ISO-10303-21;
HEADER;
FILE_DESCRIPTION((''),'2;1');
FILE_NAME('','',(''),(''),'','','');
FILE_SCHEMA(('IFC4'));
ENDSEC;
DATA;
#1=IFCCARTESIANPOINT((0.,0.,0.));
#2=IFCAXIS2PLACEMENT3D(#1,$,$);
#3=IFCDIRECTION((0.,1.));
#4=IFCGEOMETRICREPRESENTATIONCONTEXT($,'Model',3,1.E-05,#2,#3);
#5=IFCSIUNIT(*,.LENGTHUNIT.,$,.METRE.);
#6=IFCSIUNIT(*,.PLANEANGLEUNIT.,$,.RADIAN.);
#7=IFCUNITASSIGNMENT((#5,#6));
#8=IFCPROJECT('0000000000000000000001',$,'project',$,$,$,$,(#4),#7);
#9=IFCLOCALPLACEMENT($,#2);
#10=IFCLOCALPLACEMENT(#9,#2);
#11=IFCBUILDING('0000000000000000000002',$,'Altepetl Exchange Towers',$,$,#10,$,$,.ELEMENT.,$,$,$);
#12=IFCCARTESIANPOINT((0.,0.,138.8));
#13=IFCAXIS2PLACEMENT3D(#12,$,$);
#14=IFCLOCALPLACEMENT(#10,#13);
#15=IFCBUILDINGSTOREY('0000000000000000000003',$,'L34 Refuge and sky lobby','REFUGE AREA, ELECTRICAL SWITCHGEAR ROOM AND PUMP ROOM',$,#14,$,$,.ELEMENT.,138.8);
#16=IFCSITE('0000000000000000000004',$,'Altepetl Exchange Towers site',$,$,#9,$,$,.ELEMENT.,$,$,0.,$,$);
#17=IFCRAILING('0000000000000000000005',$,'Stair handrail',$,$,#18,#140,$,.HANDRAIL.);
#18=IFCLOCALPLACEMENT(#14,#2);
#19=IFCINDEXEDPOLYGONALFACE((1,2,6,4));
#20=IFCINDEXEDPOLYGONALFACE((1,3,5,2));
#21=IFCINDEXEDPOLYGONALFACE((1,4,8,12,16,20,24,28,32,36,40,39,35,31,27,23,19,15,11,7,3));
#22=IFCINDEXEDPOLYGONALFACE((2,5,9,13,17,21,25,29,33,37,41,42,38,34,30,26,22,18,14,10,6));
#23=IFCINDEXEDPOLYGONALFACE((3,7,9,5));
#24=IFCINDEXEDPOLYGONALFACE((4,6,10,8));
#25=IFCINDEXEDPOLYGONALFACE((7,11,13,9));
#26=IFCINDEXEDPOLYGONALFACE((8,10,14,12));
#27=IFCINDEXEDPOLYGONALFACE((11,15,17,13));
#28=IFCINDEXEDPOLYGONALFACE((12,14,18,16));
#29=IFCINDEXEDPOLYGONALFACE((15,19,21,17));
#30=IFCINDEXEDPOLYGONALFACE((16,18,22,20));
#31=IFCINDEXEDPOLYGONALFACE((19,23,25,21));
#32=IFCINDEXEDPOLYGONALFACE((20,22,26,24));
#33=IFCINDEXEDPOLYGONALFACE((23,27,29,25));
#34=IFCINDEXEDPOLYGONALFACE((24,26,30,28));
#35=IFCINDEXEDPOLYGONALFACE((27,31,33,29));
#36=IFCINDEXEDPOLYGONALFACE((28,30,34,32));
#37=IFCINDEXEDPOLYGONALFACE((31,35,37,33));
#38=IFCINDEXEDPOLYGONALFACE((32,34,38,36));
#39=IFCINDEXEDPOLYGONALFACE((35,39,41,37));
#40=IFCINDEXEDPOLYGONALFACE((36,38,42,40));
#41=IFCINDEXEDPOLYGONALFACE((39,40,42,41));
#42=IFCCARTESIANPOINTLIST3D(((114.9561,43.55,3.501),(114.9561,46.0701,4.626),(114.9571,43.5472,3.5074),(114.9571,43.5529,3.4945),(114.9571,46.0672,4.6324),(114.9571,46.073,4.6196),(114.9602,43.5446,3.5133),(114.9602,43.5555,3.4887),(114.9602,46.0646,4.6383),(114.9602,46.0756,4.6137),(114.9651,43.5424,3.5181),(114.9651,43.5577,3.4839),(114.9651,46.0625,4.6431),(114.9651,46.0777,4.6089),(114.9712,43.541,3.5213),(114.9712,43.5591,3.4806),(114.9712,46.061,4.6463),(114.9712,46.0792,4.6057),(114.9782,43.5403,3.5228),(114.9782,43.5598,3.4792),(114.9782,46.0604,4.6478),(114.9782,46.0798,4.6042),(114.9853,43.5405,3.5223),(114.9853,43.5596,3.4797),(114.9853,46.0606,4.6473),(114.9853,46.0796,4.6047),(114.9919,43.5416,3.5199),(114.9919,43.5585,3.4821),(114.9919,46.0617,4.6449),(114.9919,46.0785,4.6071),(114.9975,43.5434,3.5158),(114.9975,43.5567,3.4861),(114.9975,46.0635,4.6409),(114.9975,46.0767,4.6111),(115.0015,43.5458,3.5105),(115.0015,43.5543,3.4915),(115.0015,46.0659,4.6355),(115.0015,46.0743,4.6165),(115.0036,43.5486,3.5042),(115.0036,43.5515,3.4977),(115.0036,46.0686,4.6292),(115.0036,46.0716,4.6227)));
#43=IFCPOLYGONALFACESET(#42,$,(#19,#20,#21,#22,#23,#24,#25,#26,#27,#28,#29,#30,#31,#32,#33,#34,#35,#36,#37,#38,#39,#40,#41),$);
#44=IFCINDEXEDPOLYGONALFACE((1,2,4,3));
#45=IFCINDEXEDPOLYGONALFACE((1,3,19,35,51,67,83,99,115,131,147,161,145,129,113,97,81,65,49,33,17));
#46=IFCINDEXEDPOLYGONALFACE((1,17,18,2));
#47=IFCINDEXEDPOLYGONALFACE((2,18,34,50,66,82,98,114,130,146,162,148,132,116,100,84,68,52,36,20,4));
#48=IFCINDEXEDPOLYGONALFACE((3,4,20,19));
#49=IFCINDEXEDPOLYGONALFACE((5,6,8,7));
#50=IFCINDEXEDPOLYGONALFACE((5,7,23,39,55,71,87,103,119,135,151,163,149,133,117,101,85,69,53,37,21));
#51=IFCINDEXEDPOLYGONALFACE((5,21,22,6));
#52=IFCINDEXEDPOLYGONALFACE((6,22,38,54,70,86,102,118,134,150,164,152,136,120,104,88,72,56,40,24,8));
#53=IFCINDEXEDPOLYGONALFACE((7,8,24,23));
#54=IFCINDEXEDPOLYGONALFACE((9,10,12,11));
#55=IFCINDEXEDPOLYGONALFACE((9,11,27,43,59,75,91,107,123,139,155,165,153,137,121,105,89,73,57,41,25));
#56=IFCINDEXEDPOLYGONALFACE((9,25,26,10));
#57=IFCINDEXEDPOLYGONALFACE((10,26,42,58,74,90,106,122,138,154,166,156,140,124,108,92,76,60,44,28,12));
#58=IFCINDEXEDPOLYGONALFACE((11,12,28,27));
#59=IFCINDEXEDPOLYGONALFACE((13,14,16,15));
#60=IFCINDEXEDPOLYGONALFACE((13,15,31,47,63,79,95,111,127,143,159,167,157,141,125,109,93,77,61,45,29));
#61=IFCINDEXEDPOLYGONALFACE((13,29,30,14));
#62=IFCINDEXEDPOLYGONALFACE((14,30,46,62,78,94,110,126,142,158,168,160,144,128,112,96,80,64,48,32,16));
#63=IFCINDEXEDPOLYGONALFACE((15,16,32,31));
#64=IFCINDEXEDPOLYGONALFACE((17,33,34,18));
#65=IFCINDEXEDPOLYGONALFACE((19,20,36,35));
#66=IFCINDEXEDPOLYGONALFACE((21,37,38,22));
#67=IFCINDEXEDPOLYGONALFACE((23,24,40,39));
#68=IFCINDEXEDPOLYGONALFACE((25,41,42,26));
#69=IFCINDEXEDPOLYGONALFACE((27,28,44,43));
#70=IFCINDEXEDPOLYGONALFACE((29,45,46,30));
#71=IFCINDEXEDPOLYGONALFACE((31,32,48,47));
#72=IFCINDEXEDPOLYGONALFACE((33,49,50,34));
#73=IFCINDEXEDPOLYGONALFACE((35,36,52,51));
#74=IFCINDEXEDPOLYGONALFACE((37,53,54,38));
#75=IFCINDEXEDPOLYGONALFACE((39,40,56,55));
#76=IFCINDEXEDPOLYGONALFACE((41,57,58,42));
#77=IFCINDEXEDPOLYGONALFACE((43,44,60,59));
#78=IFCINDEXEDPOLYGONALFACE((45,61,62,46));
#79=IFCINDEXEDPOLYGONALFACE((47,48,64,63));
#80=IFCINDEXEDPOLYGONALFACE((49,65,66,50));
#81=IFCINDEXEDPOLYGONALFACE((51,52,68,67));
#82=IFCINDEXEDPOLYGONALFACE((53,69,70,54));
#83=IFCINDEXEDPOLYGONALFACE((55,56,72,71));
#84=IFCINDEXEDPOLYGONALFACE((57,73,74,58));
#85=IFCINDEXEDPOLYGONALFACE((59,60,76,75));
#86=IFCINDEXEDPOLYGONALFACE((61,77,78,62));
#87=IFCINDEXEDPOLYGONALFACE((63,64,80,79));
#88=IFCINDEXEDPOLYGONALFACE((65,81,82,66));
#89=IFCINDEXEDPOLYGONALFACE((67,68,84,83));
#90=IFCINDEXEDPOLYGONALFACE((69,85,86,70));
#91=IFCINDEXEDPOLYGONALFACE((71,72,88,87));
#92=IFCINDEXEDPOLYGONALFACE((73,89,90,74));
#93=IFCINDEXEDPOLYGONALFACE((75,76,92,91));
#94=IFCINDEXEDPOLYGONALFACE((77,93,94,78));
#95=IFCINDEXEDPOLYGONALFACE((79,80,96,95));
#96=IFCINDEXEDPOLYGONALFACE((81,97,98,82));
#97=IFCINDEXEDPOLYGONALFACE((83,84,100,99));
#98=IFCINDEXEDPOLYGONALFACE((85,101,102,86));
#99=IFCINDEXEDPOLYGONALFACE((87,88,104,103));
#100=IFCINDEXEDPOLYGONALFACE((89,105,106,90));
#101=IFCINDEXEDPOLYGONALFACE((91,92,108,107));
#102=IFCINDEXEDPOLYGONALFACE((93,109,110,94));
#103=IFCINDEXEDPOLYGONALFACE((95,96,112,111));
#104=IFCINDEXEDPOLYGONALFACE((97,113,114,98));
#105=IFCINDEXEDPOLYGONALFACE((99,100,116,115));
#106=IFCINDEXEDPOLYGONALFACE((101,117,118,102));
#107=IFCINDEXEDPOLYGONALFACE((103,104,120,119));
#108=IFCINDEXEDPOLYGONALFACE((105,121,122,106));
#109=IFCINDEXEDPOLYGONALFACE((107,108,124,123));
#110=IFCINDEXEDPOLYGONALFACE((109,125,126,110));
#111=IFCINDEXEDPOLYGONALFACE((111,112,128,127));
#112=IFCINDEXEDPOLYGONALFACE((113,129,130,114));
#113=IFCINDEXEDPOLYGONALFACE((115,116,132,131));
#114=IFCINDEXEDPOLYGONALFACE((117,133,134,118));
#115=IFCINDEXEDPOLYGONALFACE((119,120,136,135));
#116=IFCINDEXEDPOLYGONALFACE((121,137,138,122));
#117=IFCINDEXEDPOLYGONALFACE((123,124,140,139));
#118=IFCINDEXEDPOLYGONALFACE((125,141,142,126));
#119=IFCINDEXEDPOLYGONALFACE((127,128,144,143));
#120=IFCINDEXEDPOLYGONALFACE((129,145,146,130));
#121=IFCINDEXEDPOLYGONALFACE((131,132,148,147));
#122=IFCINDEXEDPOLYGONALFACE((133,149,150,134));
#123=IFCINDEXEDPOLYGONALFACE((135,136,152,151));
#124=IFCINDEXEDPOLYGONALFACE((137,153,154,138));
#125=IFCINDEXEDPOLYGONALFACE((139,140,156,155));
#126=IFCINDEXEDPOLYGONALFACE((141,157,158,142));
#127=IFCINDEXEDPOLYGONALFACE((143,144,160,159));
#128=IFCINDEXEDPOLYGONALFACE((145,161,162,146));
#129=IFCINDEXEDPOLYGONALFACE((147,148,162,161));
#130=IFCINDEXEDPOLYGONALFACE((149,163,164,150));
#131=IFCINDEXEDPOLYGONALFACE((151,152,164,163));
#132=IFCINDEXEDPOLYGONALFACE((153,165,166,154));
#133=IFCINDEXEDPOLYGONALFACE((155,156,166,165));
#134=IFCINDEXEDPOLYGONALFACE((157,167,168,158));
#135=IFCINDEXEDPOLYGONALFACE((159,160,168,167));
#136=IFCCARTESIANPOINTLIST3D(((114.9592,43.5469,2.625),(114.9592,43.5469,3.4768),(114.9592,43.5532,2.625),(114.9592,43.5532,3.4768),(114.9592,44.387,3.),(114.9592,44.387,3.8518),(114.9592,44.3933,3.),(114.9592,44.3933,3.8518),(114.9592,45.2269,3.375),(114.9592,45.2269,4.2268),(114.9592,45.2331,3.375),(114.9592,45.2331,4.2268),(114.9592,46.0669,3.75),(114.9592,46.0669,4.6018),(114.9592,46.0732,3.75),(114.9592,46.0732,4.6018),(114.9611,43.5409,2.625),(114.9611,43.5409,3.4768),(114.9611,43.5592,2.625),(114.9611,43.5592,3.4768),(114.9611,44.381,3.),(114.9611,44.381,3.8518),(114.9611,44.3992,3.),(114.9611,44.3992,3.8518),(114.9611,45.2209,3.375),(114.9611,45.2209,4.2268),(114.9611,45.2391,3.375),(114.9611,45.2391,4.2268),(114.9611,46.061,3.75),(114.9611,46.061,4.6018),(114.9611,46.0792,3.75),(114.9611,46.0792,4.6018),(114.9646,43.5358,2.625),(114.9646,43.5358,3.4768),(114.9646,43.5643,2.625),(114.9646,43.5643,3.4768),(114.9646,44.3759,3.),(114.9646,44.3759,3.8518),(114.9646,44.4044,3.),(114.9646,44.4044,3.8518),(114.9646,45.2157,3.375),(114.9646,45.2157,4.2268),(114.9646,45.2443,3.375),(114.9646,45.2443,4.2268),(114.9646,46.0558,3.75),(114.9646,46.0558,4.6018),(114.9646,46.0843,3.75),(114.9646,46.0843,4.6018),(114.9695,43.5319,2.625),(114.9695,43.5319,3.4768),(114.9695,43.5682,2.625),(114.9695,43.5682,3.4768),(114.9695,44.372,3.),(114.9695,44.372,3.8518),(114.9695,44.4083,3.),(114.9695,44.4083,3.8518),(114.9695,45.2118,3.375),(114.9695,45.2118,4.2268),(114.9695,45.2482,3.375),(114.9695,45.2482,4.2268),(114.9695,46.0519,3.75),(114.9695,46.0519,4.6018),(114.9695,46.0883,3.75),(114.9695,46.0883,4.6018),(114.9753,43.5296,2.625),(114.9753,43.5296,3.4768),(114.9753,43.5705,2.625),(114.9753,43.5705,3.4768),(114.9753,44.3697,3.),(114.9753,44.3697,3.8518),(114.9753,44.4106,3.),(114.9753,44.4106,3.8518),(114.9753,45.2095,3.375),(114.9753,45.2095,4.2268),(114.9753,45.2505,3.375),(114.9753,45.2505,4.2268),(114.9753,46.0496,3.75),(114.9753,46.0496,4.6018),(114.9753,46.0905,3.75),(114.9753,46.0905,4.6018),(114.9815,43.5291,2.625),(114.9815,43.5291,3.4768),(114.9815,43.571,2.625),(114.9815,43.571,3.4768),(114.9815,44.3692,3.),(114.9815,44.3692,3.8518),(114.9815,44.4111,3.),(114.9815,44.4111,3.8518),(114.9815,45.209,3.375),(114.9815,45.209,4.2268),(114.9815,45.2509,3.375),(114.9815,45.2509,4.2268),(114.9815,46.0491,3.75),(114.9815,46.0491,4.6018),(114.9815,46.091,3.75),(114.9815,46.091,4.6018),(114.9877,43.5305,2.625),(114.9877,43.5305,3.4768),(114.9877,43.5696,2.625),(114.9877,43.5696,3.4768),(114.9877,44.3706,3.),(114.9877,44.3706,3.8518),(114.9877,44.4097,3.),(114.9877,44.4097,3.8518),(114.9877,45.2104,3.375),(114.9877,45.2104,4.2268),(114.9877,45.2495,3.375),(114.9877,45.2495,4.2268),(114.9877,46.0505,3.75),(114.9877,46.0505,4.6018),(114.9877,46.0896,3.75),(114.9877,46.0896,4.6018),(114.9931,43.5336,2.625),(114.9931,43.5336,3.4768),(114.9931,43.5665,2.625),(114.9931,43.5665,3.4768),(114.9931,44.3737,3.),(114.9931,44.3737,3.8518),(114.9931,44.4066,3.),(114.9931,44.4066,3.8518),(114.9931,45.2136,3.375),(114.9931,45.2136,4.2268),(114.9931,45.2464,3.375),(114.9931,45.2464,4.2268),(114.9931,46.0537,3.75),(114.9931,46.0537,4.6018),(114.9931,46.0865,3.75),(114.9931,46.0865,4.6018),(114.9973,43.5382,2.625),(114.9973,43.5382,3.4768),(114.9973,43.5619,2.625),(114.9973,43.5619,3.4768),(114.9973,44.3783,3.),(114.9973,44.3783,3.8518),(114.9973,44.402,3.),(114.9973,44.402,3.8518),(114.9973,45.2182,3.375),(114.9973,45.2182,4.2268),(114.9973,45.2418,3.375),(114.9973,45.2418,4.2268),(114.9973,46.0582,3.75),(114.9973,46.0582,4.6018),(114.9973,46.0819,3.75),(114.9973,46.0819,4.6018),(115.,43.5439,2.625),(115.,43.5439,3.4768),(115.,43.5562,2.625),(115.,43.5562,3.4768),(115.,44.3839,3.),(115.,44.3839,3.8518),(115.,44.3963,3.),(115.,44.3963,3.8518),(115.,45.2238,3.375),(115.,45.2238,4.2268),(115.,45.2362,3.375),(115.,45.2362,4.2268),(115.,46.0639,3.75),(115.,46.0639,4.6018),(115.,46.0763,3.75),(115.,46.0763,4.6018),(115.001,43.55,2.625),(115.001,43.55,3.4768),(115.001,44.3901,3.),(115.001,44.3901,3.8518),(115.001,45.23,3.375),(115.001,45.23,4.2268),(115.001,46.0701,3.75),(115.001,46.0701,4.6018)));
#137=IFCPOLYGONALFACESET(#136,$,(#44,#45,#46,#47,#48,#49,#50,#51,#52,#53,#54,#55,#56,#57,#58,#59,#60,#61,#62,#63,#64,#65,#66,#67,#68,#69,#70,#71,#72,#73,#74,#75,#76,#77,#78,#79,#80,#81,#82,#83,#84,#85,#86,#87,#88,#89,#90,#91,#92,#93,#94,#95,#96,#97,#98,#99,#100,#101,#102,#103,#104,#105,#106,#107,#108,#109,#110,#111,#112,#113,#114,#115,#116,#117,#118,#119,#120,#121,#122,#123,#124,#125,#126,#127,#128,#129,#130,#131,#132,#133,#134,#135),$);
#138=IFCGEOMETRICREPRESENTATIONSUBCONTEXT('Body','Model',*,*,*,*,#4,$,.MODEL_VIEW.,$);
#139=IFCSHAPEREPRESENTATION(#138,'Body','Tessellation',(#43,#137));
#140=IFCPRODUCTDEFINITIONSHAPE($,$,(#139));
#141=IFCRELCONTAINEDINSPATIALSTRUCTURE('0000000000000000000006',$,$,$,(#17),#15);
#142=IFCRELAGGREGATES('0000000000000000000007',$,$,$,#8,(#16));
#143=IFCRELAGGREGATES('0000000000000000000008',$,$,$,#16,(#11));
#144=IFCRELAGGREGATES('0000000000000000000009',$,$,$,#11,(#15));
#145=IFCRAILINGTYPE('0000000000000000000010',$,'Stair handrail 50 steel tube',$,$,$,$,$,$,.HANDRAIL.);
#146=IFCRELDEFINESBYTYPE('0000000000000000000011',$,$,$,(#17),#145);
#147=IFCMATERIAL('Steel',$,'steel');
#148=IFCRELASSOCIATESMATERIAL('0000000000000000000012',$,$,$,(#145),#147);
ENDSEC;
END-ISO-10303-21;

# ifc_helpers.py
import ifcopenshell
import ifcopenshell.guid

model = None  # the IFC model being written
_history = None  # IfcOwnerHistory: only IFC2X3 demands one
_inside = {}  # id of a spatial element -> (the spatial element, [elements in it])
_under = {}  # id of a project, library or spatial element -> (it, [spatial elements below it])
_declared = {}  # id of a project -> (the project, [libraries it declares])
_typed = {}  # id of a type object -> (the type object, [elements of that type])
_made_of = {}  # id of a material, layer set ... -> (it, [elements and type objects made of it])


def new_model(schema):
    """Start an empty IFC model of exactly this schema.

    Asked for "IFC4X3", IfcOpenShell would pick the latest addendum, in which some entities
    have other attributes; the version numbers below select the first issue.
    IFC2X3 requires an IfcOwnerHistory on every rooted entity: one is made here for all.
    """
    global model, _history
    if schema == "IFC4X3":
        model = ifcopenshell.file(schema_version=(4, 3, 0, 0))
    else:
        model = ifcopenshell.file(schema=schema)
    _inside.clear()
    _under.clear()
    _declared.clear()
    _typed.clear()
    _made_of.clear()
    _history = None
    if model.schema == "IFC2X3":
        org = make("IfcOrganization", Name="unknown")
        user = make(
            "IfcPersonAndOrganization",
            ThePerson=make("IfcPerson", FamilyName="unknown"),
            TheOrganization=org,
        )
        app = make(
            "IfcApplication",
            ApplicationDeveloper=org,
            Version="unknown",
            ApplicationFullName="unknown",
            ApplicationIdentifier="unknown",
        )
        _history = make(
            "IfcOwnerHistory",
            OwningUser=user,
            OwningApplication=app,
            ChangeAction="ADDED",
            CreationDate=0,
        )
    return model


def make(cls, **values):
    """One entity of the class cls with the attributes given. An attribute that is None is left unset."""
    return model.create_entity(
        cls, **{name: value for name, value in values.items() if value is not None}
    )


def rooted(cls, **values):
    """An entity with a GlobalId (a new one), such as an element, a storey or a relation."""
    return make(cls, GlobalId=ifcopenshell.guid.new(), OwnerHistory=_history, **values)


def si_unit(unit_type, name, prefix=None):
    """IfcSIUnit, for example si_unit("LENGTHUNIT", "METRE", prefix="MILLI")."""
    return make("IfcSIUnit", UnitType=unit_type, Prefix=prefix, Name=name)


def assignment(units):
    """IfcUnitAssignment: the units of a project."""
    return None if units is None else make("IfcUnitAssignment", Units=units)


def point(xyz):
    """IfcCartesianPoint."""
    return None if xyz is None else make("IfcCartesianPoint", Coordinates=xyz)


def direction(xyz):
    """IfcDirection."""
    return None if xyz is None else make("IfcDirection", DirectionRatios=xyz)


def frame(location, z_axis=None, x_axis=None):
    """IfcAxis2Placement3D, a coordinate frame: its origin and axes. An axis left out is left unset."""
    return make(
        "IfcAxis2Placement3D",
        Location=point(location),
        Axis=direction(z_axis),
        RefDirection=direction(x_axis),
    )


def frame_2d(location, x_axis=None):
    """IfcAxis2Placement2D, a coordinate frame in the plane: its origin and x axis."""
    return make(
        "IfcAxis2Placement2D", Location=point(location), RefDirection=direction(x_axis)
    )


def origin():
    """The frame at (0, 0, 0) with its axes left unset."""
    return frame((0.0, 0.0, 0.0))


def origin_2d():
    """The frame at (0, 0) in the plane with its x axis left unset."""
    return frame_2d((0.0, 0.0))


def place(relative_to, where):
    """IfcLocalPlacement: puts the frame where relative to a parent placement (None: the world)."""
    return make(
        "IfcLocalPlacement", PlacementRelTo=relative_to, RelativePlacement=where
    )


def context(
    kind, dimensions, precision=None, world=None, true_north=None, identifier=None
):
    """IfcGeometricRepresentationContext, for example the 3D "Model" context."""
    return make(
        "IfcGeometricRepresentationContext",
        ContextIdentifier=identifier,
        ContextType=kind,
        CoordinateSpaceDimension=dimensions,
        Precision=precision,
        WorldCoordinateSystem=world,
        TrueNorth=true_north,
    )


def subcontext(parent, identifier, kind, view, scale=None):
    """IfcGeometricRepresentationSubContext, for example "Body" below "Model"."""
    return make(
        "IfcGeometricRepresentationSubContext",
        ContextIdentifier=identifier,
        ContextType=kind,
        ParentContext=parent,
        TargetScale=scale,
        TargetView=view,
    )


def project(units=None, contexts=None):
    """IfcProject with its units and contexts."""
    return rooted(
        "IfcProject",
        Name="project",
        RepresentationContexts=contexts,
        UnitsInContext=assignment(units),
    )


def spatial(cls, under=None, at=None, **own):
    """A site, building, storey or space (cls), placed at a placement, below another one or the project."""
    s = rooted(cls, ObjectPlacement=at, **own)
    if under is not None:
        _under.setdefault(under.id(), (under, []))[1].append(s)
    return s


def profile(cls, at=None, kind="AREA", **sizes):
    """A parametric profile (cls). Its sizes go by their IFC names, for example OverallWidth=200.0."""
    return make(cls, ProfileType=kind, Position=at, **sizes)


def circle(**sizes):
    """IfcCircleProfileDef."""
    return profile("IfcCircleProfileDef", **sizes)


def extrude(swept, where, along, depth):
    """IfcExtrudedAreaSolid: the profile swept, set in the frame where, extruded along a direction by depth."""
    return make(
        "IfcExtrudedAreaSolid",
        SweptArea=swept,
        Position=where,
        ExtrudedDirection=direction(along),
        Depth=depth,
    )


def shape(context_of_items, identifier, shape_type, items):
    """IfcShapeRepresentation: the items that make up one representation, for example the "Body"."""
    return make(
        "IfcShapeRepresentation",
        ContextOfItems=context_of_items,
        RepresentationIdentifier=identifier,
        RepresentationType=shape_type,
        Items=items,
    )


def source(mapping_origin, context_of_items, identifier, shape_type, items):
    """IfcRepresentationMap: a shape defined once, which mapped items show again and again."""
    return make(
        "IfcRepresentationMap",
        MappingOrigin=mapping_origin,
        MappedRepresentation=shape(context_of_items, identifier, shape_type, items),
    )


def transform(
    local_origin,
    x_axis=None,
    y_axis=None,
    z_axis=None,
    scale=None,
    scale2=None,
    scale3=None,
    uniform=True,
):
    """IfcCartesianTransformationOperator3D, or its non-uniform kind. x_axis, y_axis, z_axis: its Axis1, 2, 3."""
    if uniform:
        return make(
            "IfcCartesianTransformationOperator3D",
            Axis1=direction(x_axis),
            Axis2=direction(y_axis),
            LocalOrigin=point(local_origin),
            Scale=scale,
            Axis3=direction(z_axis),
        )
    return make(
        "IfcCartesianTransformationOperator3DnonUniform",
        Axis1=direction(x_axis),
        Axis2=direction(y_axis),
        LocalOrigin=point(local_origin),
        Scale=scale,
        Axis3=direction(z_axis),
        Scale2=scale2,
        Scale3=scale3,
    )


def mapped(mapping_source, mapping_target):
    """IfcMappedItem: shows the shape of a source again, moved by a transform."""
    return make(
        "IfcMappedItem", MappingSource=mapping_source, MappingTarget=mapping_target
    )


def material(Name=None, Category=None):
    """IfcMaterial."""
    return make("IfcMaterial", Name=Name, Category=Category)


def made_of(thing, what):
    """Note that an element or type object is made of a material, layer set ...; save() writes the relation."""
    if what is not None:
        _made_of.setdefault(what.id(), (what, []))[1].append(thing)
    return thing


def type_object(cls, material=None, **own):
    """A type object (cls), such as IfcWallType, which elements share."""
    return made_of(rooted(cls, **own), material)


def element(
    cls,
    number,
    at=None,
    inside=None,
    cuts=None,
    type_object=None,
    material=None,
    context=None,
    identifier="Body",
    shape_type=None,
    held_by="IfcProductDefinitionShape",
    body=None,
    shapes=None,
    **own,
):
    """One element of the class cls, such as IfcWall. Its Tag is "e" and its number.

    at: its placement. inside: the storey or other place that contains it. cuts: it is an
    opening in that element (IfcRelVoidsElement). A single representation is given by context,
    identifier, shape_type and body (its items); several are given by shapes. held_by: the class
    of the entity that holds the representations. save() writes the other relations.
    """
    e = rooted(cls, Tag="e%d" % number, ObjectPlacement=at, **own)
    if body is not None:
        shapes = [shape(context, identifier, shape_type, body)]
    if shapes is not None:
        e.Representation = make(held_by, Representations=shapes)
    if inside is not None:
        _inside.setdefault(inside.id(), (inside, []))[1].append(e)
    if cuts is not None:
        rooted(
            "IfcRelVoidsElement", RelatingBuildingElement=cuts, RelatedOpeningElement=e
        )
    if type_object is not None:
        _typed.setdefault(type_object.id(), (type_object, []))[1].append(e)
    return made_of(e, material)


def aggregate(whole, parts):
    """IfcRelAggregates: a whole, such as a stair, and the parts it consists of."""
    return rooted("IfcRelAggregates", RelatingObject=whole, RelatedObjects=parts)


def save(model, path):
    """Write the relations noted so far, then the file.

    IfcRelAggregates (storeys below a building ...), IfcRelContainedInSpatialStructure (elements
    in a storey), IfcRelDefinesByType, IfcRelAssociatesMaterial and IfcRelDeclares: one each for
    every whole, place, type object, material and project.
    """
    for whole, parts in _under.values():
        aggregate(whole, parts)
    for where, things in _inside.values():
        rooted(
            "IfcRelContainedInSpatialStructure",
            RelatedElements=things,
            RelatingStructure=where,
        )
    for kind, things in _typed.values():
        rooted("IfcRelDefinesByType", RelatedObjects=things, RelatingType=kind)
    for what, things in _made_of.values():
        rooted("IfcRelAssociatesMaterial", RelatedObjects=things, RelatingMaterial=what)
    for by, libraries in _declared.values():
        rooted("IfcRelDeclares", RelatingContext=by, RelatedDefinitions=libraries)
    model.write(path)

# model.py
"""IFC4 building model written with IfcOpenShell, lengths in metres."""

from ifc_helpers import new_model, si_unit, direction, frame, origin, origin_2d, place, context, subcontext, project, spatial, circle, extrude, source, transform, mapped, material, type_object, element, save


model = new_model("IFC4")

# Units and contexts
model_context = context("Model", 3, precision=1e-05, world=origin(), true_north=direction((0.0, 1.0)))
body_context = subcontext(model_context, "Body", "Model", "MODEL_VIEW")
ifc_project = project(units=[si_unit("LENGTHUNIT", "METRE"), si_unit("PLANEANGLEUNIT", "RADIAN")], contexts=[model_context])

# Site, building, storey
site_placement = place(None, origin())
site = spatial("IfcSite", under=ifc_project, at=site_placement, Name="Altepetl Exchange Towers site", CompositionType="ELEMENT", RefElevation=0.0)
building_placement = place(site_placement, origin())
building = spatial("IfcBuilding", under=site, at=building_placement, Name="Altepetl Exchange Towers", CompositionType="ELEMENT")
storey_placement = place(building_placement, frame((0.0, 0.0, 138.8)))
storey = spatial("IfcBuildingStorey", under=building, at=storey_placement, Name="L34 Refuge and sky lobby", Description="REFUGE AREA, ELECTRICAL SWITCHGEAR ROOM AND PUMP ROOM", CompositionType="ELEMENT", Elevation=138.8)

# Railing
ifc_material_1 = material(Name="Steel", Category="steel")
railing_type = type_object("IfcRailingType", Name="Stair handrail 50 steel tube", PredefinedType="HANDRAIL", material=ifc_material_1)
shared_shape = source(origin(), body_context, "Body", "SweptSolid", [
    extrude(circle(Radius=0.021, at=origin_2d()), origin(), (0.0, 0.0, 1.0), 0.8518),
])
railing_1_placement = place(storey_placement, frame((114.98, 43.55, 2.625)))
element("IfcRailing", 1, at=railing_1_placement, inside=storey, type_object=railing_type, Name="Stair handrail", PredefinedType="HANDRAIL", context=body_context, shape_type="SweptSolid", body=[
    extrude(circle(Radius=0.0239, at=origin_2d()), frame((0.0, 0.0, 0.876), z_axis=(0.0, 0.913139, 0.407648), x_axis=(-1.0, 0.0, 0.0)), (0.0, 0.0, 1.0), 2.7598),
    mapped(shared_shape, transform((0.0, 0.0, 0.0))),
    mapped(shared_shape, transform((0.0, 0.8401, 0.375))),
    mapped(shared_shape, transform((0.0, 1.6799, 0.75))),
    mapped(shared_shape, transform((0.0, 2.52, 1.125))),
])

save(model, "model.ifc")
